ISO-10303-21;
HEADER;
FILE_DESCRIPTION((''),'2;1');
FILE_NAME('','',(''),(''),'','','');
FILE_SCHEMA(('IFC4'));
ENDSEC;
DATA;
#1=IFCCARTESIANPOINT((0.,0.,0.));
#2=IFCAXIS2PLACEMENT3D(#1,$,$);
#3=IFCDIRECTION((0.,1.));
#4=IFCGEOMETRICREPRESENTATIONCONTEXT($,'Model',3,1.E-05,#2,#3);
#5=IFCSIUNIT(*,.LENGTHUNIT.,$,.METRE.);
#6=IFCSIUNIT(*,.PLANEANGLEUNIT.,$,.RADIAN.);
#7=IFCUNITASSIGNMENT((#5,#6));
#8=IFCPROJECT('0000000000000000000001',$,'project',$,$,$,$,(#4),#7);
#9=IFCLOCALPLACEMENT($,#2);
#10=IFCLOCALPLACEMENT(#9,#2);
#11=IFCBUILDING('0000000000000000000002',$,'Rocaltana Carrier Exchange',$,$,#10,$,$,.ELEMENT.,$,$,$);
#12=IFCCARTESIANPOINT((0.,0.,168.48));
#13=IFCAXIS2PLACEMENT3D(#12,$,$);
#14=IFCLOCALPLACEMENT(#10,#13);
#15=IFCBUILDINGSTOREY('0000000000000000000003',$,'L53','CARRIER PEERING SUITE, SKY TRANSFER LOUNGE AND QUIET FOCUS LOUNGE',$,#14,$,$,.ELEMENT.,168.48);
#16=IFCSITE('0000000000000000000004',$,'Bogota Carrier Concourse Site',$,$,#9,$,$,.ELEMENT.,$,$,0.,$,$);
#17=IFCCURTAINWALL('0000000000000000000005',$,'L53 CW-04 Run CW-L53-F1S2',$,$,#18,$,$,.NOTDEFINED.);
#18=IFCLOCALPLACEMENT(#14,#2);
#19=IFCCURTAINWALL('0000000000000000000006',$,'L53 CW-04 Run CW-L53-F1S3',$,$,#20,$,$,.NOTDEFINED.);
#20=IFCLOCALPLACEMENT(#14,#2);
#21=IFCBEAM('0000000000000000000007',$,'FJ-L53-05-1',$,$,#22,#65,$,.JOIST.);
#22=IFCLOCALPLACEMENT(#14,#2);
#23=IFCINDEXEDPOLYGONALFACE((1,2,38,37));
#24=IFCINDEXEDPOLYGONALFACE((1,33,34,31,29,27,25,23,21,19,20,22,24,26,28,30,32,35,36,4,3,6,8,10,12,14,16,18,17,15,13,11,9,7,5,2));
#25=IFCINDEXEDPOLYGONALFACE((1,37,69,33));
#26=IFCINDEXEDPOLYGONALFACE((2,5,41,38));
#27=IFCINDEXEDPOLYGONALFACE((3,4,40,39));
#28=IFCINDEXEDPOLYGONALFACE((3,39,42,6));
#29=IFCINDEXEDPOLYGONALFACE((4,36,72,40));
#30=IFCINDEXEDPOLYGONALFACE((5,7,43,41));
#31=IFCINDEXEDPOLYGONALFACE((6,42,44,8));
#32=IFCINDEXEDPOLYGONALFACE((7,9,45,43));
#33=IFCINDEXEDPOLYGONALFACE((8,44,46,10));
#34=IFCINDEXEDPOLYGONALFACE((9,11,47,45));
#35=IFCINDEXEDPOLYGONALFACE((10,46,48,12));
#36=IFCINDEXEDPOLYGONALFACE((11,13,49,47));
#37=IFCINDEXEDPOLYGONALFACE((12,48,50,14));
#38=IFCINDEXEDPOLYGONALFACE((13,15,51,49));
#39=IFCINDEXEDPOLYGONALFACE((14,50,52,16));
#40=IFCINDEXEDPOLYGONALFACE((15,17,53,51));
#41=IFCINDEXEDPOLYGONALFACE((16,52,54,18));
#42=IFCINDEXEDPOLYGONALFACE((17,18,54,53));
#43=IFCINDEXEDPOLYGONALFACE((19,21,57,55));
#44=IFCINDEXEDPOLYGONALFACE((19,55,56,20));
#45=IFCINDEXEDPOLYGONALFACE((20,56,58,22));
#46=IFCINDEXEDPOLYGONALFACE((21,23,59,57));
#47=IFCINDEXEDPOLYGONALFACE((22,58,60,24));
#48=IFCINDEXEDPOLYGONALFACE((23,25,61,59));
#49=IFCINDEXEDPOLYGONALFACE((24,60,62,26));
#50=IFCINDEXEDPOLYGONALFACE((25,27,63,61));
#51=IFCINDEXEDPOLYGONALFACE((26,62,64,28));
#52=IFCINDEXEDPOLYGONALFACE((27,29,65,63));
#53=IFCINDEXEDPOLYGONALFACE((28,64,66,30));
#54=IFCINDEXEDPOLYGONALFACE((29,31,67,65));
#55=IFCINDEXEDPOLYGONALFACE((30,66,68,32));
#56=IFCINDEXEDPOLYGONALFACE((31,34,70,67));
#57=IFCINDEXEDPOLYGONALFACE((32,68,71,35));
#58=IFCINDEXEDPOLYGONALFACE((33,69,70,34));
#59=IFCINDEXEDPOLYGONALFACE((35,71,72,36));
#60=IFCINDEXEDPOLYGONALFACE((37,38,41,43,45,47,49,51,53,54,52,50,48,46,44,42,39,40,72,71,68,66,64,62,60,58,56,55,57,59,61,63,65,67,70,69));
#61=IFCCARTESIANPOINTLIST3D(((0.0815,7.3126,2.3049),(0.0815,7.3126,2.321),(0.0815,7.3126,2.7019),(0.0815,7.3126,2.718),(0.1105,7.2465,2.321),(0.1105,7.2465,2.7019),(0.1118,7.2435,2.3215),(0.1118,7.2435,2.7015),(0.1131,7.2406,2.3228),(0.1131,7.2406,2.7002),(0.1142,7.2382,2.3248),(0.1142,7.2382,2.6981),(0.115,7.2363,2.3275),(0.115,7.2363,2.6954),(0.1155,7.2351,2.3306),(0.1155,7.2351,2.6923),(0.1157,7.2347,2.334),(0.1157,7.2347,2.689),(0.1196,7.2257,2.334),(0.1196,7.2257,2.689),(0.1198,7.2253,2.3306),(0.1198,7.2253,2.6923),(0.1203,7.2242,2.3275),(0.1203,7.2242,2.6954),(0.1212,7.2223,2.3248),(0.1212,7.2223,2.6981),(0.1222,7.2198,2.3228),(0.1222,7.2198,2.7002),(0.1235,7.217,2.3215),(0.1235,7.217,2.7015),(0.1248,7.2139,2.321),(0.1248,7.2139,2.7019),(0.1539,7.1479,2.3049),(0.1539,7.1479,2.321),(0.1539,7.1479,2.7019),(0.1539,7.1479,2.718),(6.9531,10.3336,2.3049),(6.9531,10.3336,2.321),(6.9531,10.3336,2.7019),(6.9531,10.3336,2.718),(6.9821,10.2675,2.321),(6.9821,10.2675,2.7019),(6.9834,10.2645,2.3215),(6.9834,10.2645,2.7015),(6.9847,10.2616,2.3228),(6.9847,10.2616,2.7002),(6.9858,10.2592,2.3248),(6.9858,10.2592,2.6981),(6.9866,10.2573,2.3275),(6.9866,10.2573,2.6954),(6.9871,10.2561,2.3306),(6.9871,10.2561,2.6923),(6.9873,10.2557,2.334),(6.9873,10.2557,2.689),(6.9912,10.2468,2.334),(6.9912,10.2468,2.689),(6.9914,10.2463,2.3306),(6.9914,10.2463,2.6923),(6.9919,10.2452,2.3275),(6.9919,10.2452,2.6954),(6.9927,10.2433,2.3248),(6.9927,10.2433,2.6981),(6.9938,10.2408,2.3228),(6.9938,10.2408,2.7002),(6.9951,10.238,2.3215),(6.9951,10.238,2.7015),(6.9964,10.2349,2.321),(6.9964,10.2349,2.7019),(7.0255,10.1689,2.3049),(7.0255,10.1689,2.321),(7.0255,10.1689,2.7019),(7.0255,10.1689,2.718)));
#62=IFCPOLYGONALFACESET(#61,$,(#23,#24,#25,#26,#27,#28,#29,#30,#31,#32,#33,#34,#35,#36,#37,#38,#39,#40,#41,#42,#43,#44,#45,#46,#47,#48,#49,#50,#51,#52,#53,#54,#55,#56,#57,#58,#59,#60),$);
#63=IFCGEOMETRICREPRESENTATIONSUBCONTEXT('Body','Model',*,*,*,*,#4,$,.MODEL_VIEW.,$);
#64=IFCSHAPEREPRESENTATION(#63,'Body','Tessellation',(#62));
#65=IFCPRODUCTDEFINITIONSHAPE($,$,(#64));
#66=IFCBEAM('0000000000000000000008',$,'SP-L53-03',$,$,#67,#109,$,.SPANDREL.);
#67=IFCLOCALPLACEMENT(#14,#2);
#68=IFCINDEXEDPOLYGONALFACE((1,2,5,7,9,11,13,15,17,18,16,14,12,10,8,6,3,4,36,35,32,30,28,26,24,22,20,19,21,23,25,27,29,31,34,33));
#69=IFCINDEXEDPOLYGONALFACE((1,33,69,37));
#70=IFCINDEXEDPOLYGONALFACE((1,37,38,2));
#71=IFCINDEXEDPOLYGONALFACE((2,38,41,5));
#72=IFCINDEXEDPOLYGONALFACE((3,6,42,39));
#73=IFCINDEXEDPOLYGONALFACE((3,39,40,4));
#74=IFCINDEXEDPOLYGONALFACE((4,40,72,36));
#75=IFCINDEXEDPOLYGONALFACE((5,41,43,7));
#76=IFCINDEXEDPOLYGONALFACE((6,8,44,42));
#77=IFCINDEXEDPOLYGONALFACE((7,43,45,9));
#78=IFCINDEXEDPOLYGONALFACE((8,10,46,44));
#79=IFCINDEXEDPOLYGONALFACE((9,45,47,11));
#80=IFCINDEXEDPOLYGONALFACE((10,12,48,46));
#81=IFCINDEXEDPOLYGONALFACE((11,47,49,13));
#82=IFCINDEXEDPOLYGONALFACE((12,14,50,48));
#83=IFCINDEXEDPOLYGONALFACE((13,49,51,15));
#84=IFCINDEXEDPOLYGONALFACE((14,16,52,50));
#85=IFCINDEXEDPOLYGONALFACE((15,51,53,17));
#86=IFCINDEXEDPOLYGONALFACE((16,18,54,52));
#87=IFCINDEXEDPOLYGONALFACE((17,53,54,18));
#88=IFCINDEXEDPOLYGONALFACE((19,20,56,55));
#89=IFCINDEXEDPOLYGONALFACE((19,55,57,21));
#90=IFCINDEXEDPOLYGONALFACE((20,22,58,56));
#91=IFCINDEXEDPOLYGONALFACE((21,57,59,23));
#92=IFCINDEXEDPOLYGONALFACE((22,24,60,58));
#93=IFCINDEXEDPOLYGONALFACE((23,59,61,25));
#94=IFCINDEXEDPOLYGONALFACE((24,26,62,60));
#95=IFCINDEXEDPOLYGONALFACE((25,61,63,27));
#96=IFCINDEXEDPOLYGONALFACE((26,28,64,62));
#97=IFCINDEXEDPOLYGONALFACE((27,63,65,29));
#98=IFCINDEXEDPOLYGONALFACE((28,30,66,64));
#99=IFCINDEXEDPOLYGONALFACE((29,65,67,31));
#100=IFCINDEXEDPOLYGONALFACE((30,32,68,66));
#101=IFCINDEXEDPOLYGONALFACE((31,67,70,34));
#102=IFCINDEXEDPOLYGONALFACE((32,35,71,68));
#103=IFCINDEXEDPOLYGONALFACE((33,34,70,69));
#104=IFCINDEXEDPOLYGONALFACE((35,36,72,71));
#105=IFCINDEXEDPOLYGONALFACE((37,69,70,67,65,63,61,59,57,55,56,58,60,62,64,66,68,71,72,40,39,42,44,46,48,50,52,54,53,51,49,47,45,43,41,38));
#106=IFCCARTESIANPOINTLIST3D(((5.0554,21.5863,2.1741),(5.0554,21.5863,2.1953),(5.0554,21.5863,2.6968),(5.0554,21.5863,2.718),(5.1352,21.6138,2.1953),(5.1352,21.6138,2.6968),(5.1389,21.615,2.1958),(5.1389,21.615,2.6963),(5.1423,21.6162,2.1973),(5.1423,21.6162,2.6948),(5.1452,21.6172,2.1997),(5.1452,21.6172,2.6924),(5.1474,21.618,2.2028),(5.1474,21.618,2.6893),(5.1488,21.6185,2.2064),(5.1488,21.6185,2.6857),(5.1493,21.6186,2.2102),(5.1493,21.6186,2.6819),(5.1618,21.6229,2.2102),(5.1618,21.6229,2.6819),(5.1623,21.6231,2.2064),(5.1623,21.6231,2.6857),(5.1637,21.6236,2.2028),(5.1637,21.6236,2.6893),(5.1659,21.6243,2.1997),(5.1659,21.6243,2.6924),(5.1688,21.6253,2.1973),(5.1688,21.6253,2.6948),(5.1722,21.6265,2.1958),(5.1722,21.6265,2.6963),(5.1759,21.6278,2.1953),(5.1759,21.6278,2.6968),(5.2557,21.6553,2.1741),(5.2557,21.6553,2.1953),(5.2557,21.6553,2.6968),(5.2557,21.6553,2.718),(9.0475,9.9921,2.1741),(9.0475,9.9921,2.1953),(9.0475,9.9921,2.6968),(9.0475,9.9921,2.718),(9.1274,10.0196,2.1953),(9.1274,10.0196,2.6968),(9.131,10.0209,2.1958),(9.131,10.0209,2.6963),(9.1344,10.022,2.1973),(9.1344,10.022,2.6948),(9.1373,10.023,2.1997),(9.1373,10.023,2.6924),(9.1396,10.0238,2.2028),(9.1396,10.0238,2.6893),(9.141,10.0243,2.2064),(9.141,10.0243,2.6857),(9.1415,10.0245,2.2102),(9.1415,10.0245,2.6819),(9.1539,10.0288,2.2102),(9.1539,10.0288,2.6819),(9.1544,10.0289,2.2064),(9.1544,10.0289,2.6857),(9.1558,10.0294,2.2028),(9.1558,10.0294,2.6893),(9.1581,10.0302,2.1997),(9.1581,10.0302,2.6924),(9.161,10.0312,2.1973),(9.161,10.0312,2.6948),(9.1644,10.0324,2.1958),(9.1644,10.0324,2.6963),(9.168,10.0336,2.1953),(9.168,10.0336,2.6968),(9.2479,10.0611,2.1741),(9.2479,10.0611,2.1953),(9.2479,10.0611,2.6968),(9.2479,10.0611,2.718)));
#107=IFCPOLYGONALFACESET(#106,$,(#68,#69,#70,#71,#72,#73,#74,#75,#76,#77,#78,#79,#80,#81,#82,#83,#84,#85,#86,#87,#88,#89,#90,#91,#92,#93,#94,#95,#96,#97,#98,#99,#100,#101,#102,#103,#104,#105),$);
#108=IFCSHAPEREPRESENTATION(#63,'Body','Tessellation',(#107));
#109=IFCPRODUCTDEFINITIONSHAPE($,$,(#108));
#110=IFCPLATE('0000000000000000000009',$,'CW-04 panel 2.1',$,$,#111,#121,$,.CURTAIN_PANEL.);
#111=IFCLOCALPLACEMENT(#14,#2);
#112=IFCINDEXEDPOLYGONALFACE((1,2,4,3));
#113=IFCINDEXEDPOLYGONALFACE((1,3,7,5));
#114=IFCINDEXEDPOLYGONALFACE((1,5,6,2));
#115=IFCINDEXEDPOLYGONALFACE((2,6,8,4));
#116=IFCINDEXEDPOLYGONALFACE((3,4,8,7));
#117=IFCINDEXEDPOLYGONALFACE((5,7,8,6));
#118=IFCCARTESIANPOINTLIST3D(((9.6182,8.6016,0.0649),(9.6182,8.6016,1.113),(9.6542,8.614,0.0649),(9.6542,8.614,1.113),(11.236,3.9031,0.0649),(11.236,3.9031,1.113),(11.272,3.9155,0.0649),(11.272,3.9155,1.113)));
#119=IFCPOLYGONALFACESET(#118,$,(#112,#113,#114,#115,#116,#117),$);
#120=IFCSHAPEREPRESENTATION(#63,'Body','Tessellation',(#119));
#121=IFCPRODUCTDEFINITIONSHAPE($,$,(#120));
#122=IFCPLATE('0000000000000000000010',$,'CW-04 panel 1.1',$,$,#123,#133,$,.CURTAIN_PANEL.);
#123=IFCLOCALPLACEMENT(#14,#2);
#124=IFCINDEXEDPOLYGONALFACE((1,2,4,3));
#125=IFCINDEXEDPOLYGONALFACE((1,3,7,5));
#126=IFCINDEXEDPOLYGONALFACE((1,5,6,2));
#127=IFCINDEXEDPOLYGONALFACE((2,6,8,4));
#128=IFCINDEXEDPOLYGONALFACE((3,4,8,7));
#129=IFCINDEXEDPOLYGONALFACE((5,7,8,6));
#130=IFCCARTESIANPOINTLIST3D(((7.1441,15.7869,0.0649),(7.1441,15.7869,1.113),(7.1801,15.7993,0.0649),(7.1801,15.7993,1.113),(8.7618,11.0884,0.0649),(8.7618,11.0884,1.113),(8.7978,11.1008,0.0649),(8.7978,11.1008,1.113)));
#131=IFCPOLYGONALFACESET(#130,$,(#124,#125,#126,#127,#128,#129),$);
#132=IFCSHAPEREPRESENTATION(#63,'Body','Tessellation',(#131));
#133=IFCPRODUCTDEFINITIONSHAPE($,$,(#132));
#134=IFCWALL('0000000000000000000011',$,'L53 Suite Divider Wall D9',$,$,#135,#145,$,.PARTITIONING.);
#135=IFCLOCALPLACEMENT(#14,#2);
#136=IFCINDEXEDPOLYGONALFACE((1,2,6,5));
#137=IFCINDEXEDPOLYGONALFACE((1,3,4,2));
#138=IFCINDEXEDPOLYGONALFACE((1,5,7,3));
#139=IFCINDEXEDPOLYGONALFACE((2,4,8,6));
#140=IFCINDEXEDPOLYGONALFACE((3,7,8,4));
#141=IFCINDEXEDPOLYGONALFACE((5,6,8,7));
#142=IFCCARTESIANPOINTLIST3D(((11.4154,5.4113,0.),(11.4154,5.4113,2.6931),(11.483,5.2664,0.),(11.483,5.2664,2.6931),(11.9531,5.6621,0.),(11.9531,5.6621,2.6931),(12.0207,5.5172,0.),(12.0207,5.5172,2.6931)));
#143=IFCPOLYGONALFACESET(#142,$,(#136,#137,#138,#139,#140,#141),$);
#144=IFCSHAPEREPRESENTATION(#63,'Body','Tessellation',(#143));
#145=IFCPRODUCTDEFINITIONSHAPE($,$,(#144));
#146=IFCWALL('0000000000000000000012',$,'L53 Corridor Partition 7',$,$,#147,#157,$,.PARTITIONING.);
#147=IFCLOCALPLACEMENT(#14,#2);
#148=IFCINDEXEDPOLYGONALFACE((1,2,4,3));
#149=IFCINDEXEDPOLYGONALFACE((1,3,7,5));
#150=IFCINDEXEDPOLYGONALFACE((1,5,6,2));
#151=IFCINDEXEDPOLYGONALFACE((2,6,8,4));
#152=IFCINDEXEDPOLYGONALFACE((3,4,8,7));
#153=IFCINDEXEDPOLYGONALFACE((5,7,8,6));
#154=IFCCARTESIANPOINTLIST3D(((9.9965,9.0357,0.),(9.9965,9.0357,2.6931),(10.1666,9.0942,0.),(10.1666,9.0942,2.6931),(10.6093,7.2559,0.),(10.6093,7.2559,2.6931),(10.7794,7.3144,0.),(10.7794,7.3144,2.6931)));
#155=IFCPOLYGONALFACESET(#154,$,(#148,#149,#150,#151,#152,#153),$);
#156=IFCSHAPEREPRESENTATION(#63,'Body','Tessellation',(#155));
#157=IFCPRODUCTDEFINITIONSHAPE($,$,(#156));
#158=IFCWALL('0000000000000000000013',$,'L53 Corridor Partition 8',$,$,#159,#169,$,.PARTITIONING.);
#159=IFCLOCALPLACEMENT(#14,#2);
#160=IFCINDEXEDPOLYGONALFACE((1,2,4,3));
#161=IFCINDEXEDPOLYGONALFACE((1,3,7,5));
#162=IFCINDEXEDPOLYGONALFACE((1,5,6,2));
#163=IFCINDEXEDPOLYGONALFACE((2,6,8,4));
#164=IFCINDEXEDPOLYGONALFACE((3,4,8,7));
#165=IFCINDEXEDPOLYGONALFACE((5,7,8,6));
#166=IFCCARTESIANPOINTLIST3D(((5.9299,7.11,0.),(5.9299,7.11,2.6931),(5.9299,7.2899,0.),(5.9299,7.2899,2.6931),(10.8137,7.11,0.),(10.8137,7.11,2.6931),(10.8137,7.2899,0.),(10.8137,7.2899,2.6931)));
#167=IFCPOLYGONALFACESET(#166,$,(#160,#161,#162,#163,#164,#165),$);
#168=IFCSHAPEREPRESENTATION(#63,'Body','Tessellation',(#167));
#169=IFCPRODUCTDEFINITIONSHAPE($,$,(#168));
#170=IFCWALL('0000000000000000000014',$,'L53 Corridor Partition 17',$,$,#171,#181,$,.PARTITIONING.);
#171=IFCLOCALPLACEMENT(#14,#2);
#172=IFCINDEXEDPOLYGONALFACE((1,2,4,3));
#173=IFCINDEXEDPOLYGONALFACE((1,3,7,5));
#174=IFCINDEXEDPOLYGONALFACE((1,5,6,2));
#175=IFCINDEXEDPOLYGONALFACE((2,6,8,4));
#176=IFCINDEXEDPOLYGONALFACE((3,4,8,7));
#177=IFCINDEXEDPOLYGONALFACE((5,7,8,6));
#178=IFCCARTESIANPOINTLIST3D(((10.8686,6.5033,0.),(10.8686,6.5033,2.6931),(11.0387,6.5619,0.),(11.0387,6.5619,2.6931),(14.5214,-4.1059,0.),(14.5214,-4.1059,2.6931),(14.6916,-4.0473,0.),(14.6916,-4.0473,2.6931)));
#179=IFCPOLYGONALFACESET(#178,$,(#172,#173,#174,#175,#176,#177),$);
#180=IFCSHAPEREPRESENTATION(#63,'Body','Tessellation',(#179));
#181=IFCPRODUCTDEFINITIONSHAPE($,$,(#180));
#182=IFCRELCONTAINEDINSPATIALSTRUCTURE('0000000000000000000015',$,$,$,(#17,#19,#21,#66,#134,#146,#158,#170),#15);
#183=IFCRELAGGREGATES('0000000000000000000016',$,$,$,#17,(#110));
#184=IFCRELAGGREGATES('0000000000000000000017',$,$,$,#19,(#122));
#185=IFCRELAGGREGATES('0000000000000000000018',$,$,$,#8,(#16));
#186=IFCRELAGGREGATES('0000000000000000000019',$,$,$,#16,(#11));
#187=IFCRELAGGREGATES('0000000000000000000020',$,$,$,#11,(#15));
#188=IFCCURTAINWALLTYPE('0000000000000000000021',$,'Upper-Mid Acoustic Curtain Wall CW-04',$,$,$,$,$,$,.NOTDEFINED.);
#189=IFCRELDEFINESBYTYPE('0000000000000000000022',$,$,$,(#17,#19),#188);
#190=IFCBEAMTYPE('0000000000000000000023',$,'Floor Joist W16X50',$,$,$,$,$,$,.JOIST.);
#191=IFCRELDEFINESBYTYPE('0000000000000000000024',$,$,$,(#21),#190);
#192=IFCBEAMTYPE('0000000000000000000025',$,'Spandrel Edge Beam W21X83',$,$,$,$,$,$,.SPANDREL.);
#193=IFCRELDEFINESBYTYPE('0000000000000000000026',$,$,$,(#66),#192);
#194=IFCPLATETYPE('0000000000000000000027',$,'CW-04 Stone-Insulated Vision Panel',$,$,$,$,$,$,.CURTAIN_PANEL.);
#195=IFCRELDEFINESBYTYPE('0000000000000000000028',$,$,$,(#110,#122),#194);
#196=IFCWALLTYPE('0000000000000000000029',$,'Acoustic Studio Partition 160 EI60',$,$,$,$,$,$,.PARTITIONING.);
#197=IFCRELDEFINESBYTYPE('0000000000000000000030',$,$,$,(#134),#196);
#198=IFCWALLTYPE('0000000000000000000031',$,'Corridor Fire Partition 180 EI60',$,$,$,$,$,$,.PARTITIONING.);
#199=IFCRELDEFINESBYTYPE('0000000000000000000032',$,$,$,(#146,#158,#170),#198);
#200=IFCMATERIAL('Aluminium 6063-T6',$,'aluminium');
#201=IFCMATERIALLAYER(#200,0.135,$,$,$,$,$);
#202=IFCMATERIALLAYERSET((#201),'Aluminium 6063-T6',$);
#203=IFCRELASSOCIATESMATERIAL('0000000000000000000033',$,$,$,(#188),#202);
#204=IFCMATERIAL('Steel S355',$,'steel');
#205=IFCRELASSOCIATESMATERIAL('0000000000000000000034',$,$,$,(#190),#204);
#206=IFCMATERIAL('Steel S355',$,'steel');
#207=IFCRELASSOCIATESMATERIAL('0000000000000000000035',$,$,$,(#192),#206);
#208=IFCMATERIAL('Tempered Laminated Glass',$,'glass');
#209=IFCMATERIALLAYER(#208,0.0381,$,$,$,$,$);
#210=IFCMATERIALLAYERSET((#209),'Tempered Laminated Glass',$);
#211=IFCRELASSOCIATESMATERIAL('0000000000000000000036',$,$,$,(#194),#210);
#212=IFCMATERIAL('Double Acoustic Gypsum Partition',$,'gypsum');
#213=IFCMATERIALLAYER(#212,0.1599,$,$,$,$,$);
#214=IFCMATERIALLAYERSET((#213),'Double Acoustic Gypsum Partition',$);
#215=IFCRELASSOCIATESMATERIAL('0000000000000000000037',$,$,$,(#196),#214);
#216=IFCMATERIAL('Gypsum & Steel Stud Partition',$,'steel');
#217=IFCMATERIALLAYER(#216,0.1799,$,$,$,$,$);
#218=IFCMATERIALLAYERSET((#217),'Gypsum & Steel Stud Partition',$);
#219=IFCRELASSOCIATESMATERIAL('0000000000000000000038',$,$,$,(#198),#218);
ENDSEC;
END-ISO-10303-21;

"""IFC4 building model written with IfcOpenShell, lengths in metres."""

from ifc_helpers import new_model, si_unit, direction, frame, frame_2d, origin, origin_2d, place, context, subcontext, project, spatial, rectangle, i_section, extrude, material, layer, layer_set, material_profile, profile_set, type_object, element, aggregate, save


model = new_model("IFC4")

# Units and contexts
model_context = context("Model", 3, precision=1e-05, world=origin(), true_north=direction((0.0, 1.0)))
body_context = subcontext(model_context, "Body", "Model", "MODEL_VIEW")
ifc_project = project(units=[si_unit("LENGTHUNIT", "METRE"), si_unit("PLANEANGLEUNIT", "RADIAN")], contexts=[model_context])

# Site, building, storey
site_placement = place(None, origin())
site = spatial("IfcSite", under=ifc_project, at=site_placement, Name="Bogota Carrier Concourse Site", CompositionType="ELEMENT", RefElevation=0.0)
building_placement = place(site_placement, origin())
building = spatial("IfcBuilding", under=site, at=building_placement, Name="Rocaltana Carrier Exchange", CompositionType="ELEMENT")
storey_placement = place(building_placement, frame((0.0, 0.0, 168.48)))
storey = spatial("IfcBuildingStorey", under=building, at=storey_placement, Name="L53", Description="CARRIER PEERING SUITE, SKY TRANSFER LOUNGE AND QUIET FOCUS LOUNGE", CompositionType="ELEMENT", Elevation=168.48)

# Curtain wall
ifc_material_1 = material(Name="Aluminium 6063-T6", Category="aluminium")
ifc_layer_1 = layer(ifc_material_1, 0.135)
ifc_layer_set_1 = layer_set([ifc_layer_1], Name="Aluminium 6063-T6")
curtain_wall_type = type_object("IfcCurtainWallType", Name="Upper-Mid Acoustic Curtain Wall CW-04", PredefinedType="NOTDEFINED", material=ifc_layer_set_1)
curtain_wall_1_placement = place(storey_placement, origin())
curtain_wall_1 = element("IfcCurtainWall", 1, at=curtain_wall_1_placement, inside=storey, type_object=curtain_wall_type, Name="L53 CW-04 Run CW-L53-F1S2", PredefinedType="NOTDEFINED")

# Curtain wall
curtain_wall_2_placement = place(storey_placement, origin())
curtain_wall_2 = element("IfcCurtainWall", 2, at=curtain_wall_2_placement, inside=storey, type_object=curtain_wall_type, Name="L53 CW-04 Run CW-L53-F1S3", PredefinedType="NOTDEFINED")

# Beams
ifc_material_2 = material(Name="Steel S355", Category="steel")
ifc_material_profile_1 = material_profile(ifc_material_2, i_section(OverallWidth=0.1799, OverallDepth=0.4131, WebThickness=0.0098, FlangeThickness=0.0161, FilletRadius=0.0129, at=origin_2d()), Name="W16X50")
ifc_profile_set_1 = profile_set([ifc_material_profile_1], Name="Steel S355")
beam_type_1 = type_object("IfcBeamType", Name="Floor Joist W16X50", PredefinedType="JOIST", material=ifc_profile_set_1)
beam_1_placement = place(storey_placement, frame((6.9893, 10.2512, 2.5115), z_axis=(-0.915438, -0.40246, 0.0), x_axis=(0.40246, -0.915438, 0.0)))
element("IfcBeam", 3, at=beam_1_placement, inside=storey, type_object=beam_type_1, Name="FJ-L53-05-1", PredefinedType="JOIST", context=body_context, shape_type="SweptSolid", body=[
    extrude(i_section(OverallWidth=0.1799, OverallDepth=0.4131, WebThickness=0.0098, FlangeThickness=0.0161, FilletRadius=0.0129, at=origin_2d()), origin(), (0.0, 0.0, 1.0), 7.5063),
])
ifc_material_3 = material(Name="Steel S355", Category="steel")
ifc_material_profile_2 = material_profile(ifc_material_3, i_section(OverallWidth=0.2119, OverallDepth=0.5439, WebThickness=0.0132, FlangeThickness=0.0212, FilletRadius=0.0149, at=origin_2d()), Name="W21X83")
ifc_profile_set_2 = profile_set([ifc_material_profile_2], Name="Steel S355")
beam_type_2 = type_object("IfcBeamType", Name="Spandrel Edge Beam W21X83", PredefinedType="SPANDREL", material=ifc_profile_set_2)
beam_2_placement = place(storey_placement, frame((9.1477, 10.0266, 2.446), z_axis=(-0.325566, 0.945519, 0.0), x_axis=(-0.945519, -0.325566, 0.0)))
element("IfcBeam", 4, at=beam_2_placement, inside=storey, type_object=beam_type_2, Name="SP-L53-03", PredefinedType="SPANDREL", context=body_context, shape_type="SweptSolid", body=[
    extrude(i_section(OverallWidth=0.2119, OverallDepth=0.5439, WebThickness=0.0132, FlangeThickness=0.0212, FilletRadius=0.0149, at=origin_2d()), origin(), (0.0, 0.0, 1.0), 12.2622),
])

# Plates
ifc_material_4 = material(Name="Tempered Laminated Glass", Category="glass")
ifc_layer_2 = layer(ifc_material_4, 0.0381)
ifc_layer_set_2 = layer_set([ifc_layer_2], Name="Tempered Laminated Glass")
plate_type = type_object("IfcPlateType", Name="CW-04 Stone-Insulated Vision Panel", PredefinedType="CURTAIN_PANEL", material=ifc_layer_set_2)
plate_1_placement = place(storey_placement, frame((10.4451, 6.2585, 0.0649), z_axis=(0.0, 0.0, 1.0), x_axis=(-0.325562, 0.945521, 0.0)))
plate_1 = element("IfcPlate", 5, at=plate_1_placement, type_object=plate_type, Name="CW-04 panel 2.1", PredefinedType="CURTAIN_PANEL", context=body_context, shape_type="SweptSolid", body=[
    extrude(rectangle(XDim=4.9692, YDim=0.0381, at=origin_2d()), origin(), (0.0, 0.0, 1.0), 1.0481),
])
aggregate(curtain_wall_1, [plate_1])
plate_2_placement = place(storey_placement, frame((7.9709, 13.4438, 0.0649), z_axis=(0.0, 0.0, 1.0), x_axis=(-0.325559, 0.945522, 0.0)))
plate_2 = element("IfcPlate", 6, at=plate_2_placement, type_object=plate_type, Name="CW-04 panel 1.1", PredefinedType="CURTAIN_PANEL", context=body_context, shape_type="SweptSolid", body=[
    extrude(rectangle(XDim=4.9692, YDim=0.0381, at=origin_2d()), origin(), (0.0, 0.0, 1.0), 1.0481),
])
aggregate(curtain_wall_2, [plate_2])

# Walls
ifc_material_5 = material(Name="Double Acoustic Gypsum Partition", Category="gypsum")
ifc_layer_3 = layer(ifc_material_5, 0.1599)
ifc_layer_set_3 = layer_set([ifc_layer_3], Name="Double Acoustic Gypsum Partition")
wall_type_1 = type_object("IfcWallType", Name="Acoustic Studio Partition 160 EI60", PredefinedType="PARTITIONING", material=ifc_layer_set_3)
wall_1_placement = place(storey_placement, frame((11.4492, 5.3389, 0.0), z_axis=(0.0, 0.0, 1.0), x_axis=(0.906278, 0.422683, 0.0)))
element("IfcWall", 7, at=wall_1_placement, inside=storey, type_object=wall_type_1, Name="L53 Suite Divider Wall D9", PredefinedType="PARTITIONING", context=body_context, shape_type="SweptSolid", body=[
    extrude(rectangle(XDim=0.5933, YDim=0.1599, at=frame_2d((0.2966, 0.0))), origin(), (0.0, 0.0, 1.0), 2.6931),
])
ifc_material_6 = material(Name="Gypsum & Steel Stud Partition", Category="steel")
ifc_layer_4 = layer(ifc_material_6, 0.1799)
ifc_layer_set_4 = layer_set([ifc_layer_4], Name="Gypsum & Steel Stud Partition")
wall_type_2 = type_object("IfcWallType", Name="Corridor Fire Partition 180 EI60", PredefinedType="PARTITIONING", material=ifc_layer_set_4)
wall_2_placement = place(storey_placement, frame((10.0815, 9.0649, 0.0), z_axis=(0.0, 0.0, 1.0), x_axis=(0.325551, -0.945524, 0.0)))
element("IfcWall", 8, at=wall_2_placement, inside=storey, type_object=wall_type_2, Name="L53 Corridor Partition 7", PredefinedType="PARTITIONING", context=body_context, shape_type="SweptSolid", body=[
    extrude(rectangle(XDim=1.8823, YDim=0.1799, at=frame_2d((0.9412, 0.0))), origin(), (0.0, 0.0, 1.0), 2.6931),
])
wall_3_placement = place(storey_placement, frame((10.8137, 7.2, 0.0), z_axis=(0.0, 0.0, 1.0), x_axis=(-1.0, 0.0, 0.0)))
element("IfcWall", 9, at=wall_3_placement, inside=storey, type_object=wall_type_2, Name="L53 Corridor Partition 8", PredefinedType="PARTITIONING", context=body_context, shape_type="SweptSolid", body=[
    extrude(rectangle(XDim=4.8838, YDim=0.1799, at=frame_2d((2.4419, 0.0))), origin(), (0.0, 0.0, 1.0), 2.6931),
])
wall_4_placement = place(storey_placement, frame((10.9536, 6.5327, 0.0), z_axis=(0.0, 0.0, 1.0), x_axis=(0.325553, -0.945524, 0.0)))
element("IfcWall", 10, at=wall_4_placement, inside=storey, type_object=wall_type_2, Name="L53 Corridor Partition 17", PredefinedType="PARTITIONING", context=body_context, shape_type="SweptSolid", body=[
    extrude(rectangle(XDim=11.2205, YDim=0.1799, at=frame_2d((5.6104, 0.0))), origin(), (0.0, 0.0, 1.0), 2.6931),
])

save(model, "model.ifc")
